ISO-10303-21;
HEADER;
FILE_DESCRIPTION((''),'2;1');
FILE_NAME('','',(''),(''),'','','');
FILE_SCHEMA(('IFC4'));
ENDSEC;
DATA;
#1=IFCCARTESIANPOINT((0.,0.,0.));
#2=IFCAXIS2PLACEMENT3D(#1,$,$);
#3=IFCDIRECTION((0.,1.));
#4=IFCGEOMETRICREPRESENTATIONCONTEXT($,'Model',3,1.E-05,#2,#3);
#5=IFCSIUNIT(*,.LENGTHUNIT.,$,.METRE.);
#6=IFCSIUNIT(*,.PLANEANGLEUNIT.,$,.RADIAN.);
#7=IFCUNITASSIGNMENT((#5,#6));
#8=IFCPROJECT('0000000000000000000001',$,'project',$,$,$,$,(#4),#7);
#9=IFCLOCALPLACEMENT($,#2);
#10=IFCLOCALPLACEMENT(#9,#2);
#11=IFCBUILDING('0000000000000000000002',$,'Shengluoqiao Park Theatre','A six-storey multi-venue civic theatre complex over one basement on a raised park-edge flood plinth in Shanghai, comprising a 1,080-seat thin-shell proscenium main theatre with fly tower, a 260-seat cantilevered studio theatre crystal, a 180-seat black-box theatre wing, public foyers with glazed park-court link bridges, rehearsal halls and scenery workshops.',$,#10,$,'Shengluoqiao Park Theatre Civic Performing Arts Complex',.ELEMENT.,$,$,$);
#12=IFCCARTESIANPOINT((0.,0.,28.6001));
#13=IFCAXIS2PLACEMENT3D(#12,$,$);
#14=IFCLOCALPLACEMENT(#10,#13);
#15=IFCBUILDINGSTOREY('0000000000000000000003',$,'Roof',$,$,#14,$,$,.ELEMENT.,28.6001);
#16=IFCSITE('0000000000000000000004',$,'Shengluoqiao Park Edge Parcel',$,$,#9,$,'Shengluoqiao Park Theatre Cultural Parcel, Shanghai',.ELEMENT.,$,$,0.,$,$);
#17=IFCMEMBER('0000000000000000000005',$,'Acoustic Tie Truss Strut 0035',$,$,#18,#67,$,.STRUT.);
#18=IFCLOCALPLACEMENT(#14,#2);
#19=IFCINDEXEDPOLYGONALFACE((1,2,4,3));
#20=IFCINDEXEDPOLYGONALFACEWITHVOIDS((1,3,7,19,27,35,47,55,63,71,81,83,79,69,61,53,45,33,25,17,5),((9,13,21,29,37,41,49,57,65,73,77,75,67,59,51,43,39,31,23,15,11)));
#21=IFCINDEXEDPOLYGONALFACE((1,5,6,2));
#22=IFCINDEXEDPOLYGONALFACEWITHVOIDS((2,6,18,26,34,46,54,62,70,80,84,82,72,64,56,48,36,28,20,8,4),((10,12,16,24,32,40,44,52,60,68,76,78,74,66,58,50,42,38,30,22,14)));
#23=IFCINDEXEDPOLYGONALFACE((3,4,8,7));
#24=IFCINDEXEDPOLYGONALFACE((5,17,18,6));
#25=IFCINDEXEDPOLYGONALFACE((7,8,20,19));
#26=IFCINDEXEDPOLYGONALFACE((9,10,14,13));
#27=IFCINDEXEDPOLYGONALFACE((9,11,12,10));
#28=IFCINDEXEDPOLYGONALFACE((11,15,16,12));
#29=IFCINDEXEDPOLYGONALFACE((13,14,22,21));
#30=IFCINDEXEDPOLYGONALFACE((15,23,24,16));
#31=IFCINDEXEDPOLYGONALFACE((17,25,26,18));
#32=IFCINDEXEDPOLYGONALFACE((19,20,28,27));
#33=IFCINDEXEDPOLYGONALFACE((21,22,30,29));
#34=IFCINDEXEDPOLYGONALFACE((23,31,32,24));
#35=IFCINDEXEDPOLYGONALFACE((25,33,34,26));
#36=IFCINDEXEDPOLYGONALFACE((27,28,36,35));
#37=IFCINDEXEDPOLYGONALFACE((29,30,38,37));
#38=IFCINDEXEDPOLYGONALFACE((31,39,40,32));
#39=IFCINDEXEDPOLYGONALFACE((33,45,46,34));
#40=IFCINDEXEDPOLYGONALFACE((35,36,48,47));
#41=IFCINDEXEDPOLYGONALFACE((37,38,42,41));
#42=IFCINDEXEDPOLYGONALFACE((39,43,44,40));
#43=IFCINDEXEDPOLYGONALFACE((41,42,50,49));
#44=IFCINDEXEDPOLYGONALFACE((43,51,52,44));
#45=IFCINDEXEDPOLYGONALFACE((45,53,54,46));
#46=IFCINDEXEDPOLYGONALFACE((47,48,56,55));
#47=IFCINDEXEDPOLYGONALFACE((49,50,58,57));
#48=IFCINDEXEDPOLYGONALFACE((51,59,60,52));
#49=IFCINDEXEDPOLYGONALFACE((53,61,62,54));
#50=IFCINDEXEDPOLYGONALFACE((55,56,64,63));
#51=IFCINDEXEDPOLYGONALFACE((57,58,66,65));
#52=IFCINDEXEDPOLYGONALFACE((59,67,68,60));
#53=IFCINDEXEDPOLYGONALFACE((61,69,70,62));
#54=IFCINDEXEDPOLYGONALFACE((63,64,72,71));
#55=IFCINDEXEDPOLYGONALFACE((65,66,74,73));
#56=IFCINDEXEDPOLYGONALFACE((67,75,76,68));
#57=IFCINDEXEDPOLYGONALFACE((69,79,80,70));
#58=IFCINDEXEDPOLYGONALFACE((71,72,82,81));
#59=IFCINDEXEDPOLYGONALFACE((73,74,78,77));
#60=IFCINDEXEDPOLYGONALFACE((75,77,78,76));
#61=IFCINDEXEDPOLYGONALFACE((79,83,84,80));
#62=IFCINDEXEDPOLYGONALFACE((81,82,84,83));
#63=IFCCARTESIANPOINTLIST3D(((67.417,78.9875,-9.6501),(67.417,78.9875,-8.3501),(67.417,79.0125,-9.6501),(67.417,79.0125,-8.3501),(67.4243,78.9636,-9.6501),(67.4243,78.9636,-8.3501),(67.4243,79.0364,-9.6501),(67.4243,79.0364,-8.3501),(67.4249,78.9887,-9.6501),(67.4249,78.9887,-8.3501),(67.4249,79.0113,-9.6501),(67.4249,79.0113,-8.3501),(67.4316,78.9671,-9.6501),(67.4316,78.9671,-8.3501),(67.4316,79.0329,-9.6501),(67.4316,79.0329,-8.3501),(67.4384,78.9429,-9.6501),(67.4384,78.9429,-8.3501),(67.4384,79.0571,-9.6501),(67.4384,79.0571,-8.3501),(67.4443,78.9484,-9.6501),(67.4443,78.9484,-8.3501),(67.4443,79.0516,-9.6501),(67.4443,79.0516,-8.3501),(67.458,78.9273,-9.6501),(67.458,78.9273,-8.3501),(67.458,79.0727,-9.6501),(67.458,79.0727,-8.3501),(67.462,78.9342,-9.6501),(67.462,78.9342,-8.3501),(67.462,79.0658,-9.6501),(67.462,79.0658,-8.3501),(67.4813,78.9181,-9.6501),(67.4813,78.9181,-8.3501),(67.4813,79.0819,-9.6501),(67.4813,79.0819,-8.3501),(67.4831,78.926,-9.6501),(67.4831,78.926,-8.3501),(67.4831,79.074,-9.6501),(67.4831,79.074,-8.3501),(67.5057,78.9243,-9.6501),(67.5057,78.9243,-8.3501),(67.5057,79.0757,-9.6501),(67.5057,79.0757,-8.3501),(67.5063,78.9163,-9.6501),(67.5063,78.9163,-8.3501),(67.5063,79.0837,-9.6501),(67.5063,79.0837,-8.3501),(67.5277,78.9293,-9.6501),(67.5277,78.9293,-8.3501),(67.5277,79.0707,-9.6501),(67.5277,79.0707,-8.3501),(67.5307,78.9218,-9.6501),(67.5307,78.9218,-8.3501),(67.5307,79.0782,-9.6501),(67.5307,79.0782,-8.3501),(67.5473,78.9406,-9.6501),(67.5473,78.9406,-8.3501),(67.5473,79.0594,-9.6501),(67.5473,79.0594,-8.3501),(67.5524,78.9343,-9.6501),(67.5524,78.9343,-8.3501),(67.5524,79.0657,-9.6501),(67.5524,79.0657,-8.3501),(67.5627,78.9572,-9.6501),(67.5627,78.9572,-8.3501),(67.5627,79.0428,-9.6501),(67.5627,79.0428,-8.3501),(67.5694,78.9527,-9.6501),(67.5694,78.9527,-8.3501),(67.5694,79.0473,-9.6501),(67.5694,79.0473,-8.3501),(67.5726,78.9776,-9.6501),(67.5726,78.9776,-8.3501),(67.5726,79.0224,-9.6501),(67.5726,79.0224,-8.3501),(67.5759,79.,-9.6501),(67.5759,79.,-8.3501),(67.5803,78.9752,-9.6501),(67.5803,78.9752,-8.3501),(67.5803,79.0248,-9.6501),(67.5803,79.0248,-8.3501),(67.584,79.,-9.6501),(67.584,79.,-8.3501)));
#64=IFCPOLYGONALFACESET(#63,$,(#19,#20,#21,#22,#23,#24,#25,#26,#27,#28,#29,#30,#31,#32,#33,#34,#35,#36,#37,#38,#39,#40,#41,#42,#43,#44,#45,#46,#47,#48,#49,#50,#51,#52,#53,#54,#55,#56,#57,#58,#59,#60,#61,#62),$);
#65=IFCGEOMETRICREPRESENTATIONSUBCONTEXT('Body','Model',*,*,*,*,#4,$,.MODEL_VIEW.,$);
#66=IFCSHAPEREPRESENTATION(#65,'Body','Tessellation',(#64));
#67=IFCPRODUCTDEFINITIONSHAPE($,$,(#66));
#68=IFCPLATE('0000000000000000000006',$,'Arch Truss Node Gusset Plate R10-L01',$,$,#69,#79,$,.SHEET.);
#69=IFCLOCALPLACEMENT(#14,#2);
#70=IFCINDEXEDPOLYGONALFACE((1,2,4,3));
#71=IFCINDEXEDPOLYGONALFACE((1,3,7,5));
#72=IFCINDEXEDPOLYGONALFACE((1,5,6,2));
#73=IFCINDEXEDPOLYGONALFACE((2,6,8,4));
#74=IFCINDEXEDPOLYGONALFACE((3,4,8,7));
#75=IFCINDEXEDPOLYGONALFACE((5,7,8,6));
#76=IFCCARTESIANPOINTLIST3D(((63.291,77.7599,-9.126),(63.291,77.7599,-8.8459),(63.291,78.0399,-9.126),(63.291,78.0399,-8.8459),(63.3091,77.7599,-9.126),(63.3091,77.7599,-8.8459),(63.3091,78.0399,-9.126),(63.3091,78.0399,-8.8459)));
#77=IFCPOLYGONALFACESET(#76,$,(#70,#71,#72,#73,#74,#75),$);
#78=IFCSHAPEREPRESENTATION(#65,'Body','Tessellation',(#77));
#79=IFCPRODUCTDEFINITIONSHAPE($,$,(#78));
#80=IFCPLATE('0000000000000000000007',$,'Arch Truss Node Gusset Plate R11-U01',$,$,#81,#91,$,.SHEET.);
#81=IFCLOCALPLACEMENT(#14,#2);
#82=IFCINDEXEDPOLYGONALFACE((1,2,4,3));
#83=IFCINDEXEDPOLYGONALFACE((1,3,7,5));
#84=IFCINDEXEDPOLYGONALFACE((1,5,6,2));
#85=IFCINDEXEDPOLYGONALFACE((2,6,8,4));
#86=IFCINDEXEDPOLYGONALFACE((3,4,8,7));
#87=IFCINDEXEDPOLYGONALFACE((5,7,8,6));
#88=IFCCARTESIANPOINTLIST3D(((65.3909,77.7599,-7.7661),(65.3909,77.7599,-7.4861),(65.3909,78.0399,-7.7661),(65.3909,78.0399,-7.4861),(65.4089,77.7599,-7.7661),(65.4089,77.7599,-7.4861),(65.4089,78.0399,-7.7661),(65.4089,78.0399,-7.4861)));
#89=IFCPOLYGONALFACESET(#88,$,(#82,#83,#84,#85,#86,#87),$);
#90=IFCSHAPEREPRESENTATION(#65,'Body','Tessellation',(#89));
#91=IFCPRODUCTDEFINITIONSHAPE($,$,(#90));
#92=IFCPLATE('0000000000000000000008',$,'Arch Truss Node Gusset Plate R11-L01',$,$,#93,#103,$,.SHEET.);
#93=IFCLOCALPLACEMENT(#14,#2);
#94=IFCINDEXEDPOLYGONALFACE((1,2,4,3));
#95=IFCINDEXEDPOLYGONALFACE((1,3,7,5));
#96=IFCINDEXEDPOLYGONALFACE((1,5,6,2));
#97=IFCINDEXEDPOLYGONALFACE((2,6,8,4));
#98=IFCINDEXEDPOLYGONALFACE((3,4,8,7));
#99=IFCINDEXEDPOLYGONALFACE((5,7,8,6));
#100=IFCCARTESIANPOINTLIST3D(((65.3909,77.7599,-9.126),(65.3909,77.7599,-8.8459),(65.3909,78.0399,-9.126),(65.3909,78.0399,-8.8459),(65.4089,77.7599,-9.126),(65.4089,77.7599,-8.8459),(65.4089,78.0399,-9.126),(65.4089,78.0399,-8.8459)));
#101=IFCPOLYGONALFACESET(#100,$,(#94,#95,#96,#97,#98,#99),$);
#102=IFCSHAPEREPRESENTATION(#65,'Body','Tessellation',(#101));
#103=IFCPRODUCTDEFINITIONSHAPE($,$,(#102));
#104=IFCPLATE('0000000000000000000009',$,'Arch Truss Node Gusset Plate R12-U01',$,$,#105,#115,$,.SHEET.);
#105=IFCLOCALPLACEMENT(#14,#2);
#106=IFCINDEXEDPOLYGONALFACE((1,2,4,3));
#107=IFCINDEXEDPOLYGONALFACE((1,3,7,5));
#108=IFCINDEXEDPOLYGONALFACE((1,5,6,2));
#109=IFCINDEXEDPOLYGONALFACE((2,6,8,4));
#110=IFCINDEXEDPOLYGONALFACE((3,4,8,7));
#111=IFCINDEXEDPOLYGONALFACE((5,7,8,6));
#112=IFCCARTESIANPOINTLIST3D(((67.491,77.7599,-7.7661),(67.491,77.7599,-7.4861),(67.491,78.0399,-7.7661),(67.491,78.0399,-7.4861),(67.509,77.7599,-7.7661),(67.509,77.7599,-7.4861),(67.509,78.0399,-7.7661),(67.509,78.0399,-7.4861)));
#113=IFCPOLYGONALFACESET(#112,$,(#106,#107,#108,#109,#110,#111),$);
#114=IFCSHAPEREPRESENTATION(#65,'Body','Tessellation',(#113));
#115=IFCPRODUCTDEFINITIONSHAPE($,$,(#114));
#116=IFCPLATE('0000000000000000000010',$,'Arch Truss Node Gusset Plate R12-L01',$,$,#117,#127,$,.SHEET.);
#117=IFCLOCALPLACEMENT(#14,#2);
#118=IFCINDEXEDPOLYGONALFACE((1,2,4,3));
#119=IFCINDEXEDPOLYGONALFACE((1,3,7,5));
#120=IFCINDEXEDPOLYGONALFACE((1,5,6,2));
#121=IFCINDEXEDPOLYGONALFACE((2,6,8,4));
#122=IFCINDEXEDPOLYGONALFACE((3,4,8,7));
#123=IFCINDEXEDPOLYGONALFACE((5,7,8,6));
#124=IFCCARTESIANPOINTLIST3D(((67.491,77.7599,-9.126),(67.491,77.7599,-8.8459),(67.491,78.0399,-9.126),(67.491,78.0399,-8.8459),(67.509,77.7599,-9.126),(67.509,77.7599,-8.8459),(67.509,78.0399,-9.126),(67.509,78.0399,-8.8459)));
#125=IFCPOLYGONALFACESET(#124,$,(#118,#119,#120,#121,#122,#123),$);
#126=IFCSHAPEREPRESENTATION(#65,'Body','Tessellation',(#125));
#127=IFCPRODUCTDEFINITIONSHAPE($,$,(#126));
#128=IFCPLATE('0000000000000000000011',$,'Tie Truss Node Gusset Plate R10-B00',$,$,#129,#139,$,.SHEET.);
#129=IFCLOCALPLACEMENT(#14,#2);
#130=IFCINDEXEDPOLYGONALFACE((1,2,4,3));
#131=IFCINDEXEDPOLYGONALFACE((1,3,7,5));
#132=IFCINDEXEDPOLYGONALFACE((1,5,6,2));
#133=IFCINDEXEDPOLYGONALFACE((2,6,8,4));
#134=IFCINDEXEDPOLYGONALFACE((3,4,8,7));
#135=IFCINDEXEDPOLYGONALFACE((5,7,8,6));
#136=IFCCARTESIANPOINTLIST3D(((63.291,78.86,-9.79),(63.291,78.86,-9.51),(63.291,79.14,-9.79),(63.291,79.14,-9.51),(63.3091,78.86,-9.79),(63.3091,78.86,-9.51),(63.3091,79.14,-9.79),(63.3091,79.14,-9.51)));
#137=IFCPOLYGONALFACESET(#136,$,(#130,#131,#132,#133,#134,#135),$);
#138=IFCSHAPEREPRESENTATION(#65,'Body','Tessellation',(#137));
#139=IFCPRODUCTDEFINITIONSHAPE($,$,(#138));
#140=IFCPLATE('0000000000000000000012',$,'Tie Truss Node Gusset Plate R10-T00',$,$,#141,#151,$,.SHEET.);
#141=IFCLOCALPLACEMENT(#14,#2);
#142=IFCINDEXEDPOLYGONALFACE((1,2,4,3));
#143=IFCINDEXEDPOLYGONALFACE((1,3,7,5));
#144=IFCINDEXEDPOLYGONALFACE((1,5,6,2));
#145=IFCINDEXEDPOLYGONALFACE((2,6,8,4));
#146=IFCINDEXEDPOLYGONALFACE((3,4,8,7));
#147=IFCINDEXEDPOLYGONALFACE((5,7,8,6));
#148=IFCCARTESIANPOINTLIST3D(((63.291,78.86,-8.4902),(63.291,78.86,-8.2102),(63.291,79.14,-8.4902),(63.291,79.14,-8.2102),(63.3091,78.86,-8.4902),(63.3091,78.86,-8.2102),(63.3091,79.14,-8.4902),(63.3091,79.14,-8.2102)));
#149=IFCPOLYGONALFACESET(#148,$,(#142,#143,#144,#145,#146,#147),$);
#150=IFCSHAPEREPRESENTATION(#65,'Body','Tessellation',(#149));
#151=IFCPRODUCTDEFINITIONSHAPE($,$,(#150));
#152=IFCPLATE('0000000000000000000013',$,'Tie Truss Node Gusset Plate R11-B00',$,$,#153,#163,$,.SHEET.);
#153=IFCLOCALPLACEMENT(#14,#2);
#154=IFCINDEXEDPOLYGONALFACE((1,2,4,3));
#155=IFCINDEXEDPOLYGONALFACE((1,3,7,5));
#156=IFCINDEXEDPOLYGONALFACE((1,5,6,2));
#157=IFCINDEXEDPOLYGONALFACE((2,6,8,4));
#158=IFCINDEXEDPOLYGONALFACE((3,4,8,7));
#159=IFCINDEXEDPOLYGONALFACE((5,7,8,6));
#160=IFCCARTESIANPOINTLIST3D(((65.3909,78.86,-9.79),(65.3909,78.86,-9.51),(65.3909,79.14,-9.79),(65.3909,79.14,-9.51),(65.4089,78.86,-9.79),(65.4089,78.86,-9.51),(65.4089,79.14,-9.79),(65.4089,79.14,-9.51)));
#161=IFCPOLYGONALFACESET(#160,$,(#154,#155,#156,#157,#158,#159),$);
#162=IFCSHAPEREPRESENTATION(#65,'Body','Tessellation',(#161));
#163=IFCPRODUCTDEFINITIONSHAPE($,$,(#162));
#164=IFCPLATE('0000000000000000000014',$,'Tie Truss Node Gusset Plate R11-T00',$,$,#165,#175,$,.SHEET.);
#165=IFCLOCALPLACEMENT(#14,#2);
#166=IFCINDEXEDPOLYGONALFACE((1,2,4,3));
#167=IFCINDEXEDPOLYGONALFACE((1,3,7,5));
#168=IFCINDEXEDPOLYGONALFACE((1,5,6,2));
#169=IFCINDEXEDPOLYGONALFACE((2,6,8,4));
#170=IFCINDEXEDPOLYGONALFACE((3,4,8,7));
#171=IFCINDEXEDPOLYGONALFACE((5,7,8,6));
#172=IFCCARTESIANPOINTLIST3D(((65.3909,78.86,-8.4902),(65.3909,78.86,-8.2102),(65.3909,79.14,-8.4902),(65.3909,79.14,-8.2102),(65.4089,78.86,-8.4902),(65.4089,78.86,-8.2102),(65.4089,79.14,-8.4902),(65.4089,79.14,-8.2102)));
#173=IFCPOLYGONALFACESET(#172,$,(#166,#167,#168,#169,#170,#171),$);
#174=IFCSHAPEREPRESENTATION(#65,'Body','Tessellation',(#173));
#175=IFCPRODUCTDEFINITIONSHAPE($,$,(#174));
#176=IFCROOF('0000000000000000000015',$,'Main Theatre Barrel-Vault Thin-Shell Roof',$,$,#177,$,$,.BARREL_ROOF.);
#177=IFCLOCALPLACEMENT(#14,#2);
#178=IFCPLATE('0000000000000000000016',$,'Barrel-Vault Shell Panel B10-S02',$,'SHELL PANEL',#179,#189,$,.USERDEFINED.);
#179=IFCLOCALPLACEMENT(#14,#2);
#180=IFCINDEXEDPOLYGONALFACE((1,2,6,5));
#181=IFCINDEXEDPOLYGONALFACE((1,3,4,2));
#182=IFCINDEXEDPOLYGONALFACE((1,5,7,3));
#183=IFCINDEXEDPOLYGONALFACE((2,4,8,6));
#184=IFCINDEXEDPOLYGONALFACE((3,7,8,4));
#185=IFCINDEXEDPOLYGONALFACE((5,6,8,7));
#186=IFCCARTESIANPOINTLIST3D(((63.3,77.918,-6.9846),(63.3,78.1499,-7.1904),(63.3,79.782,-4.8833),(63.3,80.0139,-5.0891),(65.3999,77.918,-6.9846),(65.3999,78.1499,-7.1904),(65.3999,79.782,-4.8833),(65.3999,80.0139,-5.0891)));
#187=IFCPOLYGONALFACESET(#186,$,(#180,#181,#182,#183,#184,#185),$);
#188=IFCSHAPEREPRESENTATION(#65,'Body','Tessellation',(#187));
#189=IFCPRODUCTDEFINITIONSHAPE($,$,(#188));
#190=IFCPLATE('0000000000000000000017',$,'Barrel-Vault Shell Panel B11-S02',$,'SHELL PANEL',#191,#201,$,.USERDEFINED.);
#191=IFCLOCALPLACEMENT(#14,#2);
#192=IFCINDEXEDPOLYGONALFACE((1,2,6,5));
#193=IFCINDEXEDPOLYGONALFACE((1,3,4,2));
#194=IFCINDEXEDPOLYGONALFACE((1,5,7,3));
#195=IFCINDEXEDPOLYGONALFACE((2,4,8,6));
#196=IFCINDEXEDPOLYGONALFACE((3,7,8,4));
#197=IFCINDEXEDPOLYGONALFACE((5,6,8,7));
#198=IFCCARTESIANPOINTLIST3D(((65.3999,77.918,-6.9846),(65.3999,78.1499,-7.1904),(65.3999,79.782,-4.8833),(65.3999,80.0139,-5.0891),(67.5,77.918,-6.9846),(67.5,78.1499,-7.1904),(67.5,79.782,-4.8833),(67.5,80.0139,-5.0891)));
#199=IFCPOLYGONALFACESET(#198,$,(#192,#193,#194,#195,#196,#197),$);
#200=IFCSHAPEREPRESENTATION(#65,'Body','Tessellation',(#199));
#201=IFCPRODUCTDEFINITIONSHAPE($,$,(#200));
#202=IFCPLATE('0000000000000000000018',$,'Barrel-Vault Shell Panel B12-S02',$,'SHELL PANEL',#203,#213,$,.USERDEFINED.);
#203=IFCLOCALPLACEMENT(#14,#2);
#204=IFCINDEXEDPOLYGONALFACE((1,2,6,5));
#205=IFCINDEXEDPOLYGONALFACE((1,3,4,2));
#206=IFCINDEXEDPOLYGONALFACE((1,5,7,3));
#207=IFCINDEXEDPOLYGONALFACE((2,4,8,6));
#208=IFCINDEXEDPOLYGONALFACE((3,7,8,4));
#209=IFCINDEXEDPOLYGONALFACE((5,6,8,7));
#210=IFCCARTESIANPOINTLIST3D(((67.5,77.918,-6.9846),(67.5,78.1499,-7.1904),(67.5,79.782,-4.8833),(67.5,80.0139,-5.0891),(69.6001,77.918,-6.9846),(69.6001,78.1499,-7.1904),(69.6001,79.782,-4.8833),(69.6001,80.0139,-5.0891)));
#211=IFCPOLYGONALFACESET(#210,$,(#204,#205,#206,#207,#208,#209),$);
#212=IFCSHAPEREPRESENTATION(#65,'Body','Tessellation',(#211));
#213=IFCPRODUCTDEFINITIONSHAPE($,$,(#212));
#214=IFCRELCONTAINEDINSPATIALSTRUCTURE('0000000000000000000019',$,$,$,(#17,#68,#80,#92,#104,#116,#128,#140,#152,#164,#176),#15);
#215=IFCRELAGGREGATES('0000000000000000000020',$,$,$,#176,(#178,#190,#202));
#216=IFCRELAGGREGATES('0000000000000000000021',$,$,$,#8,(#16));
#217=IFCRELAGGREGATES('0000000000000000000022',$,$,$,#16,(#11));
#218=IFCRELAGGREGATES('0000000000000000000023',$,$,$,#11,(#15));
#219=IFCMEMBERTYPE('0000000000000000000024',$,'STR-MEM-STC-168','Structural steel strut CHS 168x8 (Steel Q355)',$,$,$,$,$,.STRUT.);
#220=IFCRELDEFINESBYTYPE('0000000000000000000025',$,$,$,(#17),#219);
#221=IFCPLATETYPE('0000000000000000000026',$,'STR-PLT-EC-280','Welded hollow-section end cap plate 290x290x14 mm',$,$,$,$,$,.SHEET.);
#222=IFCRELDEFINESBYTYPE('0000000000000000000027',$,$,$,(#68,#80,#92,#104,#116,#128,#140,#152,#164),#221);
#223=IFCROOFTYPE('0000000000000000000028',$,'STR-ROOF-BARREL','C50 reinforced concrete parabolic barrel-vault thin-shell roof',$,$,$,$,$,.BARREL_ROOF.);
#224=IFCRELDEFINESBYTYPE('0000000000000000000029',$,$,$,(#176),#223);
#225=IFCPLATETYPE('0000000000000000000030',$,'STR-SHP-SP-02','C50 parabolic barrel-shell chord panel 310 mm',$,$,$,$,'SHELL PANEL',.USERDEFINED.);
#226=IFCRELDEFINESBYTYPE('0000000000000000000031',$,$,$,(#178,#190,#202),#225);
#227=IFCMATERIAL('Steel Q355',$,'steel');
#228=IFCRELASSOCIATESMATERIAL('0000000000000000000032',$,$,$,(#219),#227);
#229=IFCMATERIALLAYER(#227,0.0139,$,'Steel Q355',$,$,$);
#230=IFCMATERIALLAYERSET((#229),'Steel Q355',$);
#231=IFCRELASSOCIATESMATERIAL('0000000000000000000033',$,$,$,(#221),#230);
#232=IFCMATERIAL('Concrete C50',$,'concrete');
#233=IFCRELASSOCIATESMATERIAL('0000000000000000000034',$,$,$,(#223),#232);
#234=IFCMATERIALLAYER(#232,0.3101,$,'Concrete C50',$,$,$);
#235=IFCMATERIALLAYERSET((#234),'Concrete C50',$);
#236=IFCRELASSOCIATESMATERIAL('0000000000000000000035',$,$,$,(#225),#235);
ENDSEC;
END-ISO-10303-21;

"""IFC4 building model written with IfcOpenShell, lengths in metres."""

from ifc_helpers import new_model, si_unit, direction, frame, origin, origin_2d, place, context, subcontext, project, spatial, polyline, rectangle, hollow_circle, outline, extrude, material, layer, layer_set, material_profile, profile_set, type_object, element, aggregate, save


model = new_model("IFC4")

# Units and contexts
model_context = context("Model", 3, precision=1e-05, world=origin(), true_north=direction((0.0, 1.0)))
body_context = subcontext(model_context, "Body", "Model", "MODEL_VIEW")
ifc_project = project(units=[si_unit("LENGTHUNIT", "METRE"), si_unit("PLANEANGLEUNIT", "RADIAN")], contexts=[model_context])

# Site, building, storey
site_placement = place(None, origin())
site = spatial("IfcSite", under=ifc_project, at=site_placement, Name="Shengluoqiao Park Edge Parcel", LongName="Shengluoqiao Park Theatre Cultural Parcel, Shanghai", CompositionType="ELEMENT", RefElevation=0.0)
building_placement = place(site_placement, origin())
building = spatial("IfcBuilding", under=site, at=building_placement, Name="Shengluoqiao Park Theatre", Description="A six-storey multi-venue civic theatre complex over one basement on a raised park-edge flood plinth in Shanghai, comprising a 1,080-seat thin-shell proscenium main theatre with fly tower, a 260-seat cantilevered studio theatre crystal, a 180-seat black-box theatre wing, public foyers with glazed park-court link bridges, rehearsal halls and scenery workshops.", LongName="Shengluoqiao Park Theatre Civic Performing Arts Complex", CompositionType="ELEMENT")
storey_placement = place(building_placement, frame((0.0, 0.0, 28.6001)))
storey = spatial("IfcBuildingStorey", under=building, at=storey_placement, Name="Roof", CompositionType="ELEMENT", Elevation=28.6001)

# Shared definitions
ifc_material_1 = material(Name="Concrete C50", Category="concrete")
ifc_material_2 = material(Name="Steel Q355", Category="steel")

# Member
ifc_material_profile_1 = material_profile(ifc_material_2, hollow_circle(Radius=0.084, WallThickness=0.0081, at=origin_2d()), Name="CHS 168x8")
ifc_profile_set_1 = profile_set([ifc_material_profile_1], Name="Steel Q355")
member_type_1 = type_object("IfcMemberType", Name="STR-MEM-STC-168", Description="Structural steel strut CHS 168x8 (Steel Q355)", PredefinedType="STRUT", material=ifc_profile_set_1)
for number, where, z_axis, x_axis, name in (
    (1, (67.5, 79.0, -9.6501), (0.0, 0.0, 1.0), (1.0, 0.0, 0.0), "Acoustic Tie Truss Strut 0035"),
):
    element("IfcMember", number, at=place(storey_placement, frame(where, z_axis=z_axis, x_axis=x_axis)), inside=storey, type_object=member_type_1, Name=name, PredefinedType="STRUT", context=body_context, shape_type="SweptSolid", body=[
        extrude(hollow_circle(Radius=0.084, WallThickness=0.0081, at=origin_2d()), origin(), (0.0, 0.0, 1.0), 1.3),
    ])

# Plates
ifc_layer_1 = layer(ifc_material_2, 0.0139, Name="Steel Q355")
ifc_layer_set_1 = layer_set([ifc_layer_1], Name="Steel Q355")
plate_type_1 = type_object("IfcPlateType", Name="STR-PLT-EC-280", Description="Welded hollow-section end cap plate 290x290x14 mm", PredefinedType="SHEET", material=ifc_layer_set_1)
for number, where, z_axis, x_axis, name in (
    (2, (63.3, 77.8999, -9.126), (0.0, 0.0, 1.0), (1.0, 0.0, 0.0), "Arch Truss Node Gusset Plate R10-L01"),
    (3, (65.3999, 77.8999, -7.7661), (0.0, 0.0, 1.0), (1.0, 0.0, 0.0), "Arch Truss Node Gusset Plate R11-U01"),
    (4, (65.3999, 77.8999, -9.126), (0.0, 0.0, 1.0), (1.0, 0.0, 0.0), "Arch Truss Node Gusset Plate R11-L01"),
    (5, (67.5, 77.8999, -7.7661), (0.0, 0.0, 1.0), (1.0, 0.0, 0.0), "Arch Truss Node Gusset Plate R12-U01"),
    (6, (67.5, 77.8999, -9.126), (0.0, 0.0, 1.0), (1.0, 0.0, 0.0), "Arch Truss Node Gusset Plate R12-L01"),
    (7, (63.3, 79.0, -9.79), (0.0, 0.0, 1.0), (1.0, 0.0, 0.0), "Tie Truss Node Gusset Plate R10-B00"),
    (8, (63.3, 79.0, -8.4902), (0.0, 0.0, 1.0), (1.0, 0.0, 0.0), "Tie Truss Node Gusset Plate R10-T00"),
    (9, (65.3999, 79.0, -9.79), (0.0, 0.0, 1.0), (1.0, 0.0, 0.0), "Tie Truss Node Gusset Plate R11-B00"),
    (10, (65.3999, 79.0, -8.4902), (0.0, 0.0, 1.0), (1.0, 0.0, 0.0), "Tie Truss Node Gusset Plate R11-T00"),
):
    element("IfcPlate", number, at=place(storey_placement, frame(where, z_axis=z_axis, x_axis=x_axis)), inside=storey, type_object=plate_type_1, Name=name, PredefinedType="SHEET", context=body_context, shape_type="SweptSolid", body=[
        extrude(rectangle(XDim=0.0181, YDim=0.28, at=origin_2d()), origin(), (0.0, 0.0, 1.0), 0.28),
    ])

# Roof, plates
roof_type = type_object("IfcRoofType", Name="STR-ROOF-BARREL", Description="C50 reinforced concrete parabolic barrel-vault thin-shell roof", PredefinedType="BARREL_ROOF", material=ifc_material_1)
roof_placement = place(storey_placement, origin())
roof = element("IfcRoof", 11, at=roof_placement, inside=storey, type_object=roof_type, Name="Main Theatre Barrel-Vault Thin-Shell Roof", PredefinedType="BARREL_ROOF")
ifc_layer_2 = layer(ifc_material_1, 0.3101, Name="Concrete C50")
ifc_layer_set_2 = layer_set([ifc_layer_2], Name="Concrete C50")
plate_type_2 = type_object("IfcPlateType", Name="STR-SHP-SP-02", Description="C50 parabolic barrel-shell chord panel 310 mm", ElementType="SHELL PANEL", PredefinedType="USERDEFINED", material=ifc_layer_set_2)
plate_1_placement = place(storey_placement, frame((63.3, 77.918, -6.9846), z_axis=(0.0, -0.748085, 0.663603), x_axis=(1.0, 0.0, 0.0)))
plate_1 = element("IfcPlate", 12, at=plate_1_placement, type_object=plate_type_2, Name="Barrel-Vault Shell Panel B10-S02", ObjectType="SHELL PANEL", PredefinedType="USERDEFINED", context=body_context, shape_type="SweptSolid", body=[
    extrude(outline(polyline([(0.0, 0.0), (2.0999, 0.0), (2.0999, 2.8089), (0.0, 2.8089), (0.0, 0.0)])), origin(), (0.0, 0.0, -1.0), 0.3101),
])
plate_2_placement = place(storey_placement, frame((65.3999, 77.918, -6.9846), z_axis=(0.0, -0.748085, 0.663603), x_axis=(1.0, 0.0, 0.0)))
plate_2 = element("IfcPlate", 13, at=plate_2_placement, type_object=plate_type_2, Name="Barrel-Vault Shell Panel B11-S02", ObjectType="SHELL PANEL", PredefinedType="USERDEFINED", context=body_context, shape_type="SweptSolid", body=[
    extrude(outline(polyline([(0.0, 0.0), (2.1001, 0.0), (2.1001, 2.8089), (0.0, 2.8089), (0.0, 0.0)])), origin(), (0.0, 0.0, -1.0), 0.3101),
])
plate_3_placement = place(storey_placement, frame((67.5, 77.918, -6.9846), z_axis=(0.0, -0.748085, 0.663603), x_axis=(1.0, 0.0, 0.0)))
plate_3 = element("IfcPlate", 14, at=plate_3_placement, type_object=plate_type_2, Name="Barrel-Vault Shell Panel B12-S02", ObjectType="SHELL PANEL", PredefinedType="USERDEFINED", context=body_context, shape_type="SweptSolid", body=[
    extrude(outline(polyline([(0.0, 0.0), (2.1001, 0.0), (2.1001, 2.8089), (0.0, 2.8089), (0.0, 0.0)])), origin(), (0.0, 0.0, -1.0), 0.3101),
])
aggregate(roof, [plate_1, plate_2, plate_3])

save(model, "model.ifc")
